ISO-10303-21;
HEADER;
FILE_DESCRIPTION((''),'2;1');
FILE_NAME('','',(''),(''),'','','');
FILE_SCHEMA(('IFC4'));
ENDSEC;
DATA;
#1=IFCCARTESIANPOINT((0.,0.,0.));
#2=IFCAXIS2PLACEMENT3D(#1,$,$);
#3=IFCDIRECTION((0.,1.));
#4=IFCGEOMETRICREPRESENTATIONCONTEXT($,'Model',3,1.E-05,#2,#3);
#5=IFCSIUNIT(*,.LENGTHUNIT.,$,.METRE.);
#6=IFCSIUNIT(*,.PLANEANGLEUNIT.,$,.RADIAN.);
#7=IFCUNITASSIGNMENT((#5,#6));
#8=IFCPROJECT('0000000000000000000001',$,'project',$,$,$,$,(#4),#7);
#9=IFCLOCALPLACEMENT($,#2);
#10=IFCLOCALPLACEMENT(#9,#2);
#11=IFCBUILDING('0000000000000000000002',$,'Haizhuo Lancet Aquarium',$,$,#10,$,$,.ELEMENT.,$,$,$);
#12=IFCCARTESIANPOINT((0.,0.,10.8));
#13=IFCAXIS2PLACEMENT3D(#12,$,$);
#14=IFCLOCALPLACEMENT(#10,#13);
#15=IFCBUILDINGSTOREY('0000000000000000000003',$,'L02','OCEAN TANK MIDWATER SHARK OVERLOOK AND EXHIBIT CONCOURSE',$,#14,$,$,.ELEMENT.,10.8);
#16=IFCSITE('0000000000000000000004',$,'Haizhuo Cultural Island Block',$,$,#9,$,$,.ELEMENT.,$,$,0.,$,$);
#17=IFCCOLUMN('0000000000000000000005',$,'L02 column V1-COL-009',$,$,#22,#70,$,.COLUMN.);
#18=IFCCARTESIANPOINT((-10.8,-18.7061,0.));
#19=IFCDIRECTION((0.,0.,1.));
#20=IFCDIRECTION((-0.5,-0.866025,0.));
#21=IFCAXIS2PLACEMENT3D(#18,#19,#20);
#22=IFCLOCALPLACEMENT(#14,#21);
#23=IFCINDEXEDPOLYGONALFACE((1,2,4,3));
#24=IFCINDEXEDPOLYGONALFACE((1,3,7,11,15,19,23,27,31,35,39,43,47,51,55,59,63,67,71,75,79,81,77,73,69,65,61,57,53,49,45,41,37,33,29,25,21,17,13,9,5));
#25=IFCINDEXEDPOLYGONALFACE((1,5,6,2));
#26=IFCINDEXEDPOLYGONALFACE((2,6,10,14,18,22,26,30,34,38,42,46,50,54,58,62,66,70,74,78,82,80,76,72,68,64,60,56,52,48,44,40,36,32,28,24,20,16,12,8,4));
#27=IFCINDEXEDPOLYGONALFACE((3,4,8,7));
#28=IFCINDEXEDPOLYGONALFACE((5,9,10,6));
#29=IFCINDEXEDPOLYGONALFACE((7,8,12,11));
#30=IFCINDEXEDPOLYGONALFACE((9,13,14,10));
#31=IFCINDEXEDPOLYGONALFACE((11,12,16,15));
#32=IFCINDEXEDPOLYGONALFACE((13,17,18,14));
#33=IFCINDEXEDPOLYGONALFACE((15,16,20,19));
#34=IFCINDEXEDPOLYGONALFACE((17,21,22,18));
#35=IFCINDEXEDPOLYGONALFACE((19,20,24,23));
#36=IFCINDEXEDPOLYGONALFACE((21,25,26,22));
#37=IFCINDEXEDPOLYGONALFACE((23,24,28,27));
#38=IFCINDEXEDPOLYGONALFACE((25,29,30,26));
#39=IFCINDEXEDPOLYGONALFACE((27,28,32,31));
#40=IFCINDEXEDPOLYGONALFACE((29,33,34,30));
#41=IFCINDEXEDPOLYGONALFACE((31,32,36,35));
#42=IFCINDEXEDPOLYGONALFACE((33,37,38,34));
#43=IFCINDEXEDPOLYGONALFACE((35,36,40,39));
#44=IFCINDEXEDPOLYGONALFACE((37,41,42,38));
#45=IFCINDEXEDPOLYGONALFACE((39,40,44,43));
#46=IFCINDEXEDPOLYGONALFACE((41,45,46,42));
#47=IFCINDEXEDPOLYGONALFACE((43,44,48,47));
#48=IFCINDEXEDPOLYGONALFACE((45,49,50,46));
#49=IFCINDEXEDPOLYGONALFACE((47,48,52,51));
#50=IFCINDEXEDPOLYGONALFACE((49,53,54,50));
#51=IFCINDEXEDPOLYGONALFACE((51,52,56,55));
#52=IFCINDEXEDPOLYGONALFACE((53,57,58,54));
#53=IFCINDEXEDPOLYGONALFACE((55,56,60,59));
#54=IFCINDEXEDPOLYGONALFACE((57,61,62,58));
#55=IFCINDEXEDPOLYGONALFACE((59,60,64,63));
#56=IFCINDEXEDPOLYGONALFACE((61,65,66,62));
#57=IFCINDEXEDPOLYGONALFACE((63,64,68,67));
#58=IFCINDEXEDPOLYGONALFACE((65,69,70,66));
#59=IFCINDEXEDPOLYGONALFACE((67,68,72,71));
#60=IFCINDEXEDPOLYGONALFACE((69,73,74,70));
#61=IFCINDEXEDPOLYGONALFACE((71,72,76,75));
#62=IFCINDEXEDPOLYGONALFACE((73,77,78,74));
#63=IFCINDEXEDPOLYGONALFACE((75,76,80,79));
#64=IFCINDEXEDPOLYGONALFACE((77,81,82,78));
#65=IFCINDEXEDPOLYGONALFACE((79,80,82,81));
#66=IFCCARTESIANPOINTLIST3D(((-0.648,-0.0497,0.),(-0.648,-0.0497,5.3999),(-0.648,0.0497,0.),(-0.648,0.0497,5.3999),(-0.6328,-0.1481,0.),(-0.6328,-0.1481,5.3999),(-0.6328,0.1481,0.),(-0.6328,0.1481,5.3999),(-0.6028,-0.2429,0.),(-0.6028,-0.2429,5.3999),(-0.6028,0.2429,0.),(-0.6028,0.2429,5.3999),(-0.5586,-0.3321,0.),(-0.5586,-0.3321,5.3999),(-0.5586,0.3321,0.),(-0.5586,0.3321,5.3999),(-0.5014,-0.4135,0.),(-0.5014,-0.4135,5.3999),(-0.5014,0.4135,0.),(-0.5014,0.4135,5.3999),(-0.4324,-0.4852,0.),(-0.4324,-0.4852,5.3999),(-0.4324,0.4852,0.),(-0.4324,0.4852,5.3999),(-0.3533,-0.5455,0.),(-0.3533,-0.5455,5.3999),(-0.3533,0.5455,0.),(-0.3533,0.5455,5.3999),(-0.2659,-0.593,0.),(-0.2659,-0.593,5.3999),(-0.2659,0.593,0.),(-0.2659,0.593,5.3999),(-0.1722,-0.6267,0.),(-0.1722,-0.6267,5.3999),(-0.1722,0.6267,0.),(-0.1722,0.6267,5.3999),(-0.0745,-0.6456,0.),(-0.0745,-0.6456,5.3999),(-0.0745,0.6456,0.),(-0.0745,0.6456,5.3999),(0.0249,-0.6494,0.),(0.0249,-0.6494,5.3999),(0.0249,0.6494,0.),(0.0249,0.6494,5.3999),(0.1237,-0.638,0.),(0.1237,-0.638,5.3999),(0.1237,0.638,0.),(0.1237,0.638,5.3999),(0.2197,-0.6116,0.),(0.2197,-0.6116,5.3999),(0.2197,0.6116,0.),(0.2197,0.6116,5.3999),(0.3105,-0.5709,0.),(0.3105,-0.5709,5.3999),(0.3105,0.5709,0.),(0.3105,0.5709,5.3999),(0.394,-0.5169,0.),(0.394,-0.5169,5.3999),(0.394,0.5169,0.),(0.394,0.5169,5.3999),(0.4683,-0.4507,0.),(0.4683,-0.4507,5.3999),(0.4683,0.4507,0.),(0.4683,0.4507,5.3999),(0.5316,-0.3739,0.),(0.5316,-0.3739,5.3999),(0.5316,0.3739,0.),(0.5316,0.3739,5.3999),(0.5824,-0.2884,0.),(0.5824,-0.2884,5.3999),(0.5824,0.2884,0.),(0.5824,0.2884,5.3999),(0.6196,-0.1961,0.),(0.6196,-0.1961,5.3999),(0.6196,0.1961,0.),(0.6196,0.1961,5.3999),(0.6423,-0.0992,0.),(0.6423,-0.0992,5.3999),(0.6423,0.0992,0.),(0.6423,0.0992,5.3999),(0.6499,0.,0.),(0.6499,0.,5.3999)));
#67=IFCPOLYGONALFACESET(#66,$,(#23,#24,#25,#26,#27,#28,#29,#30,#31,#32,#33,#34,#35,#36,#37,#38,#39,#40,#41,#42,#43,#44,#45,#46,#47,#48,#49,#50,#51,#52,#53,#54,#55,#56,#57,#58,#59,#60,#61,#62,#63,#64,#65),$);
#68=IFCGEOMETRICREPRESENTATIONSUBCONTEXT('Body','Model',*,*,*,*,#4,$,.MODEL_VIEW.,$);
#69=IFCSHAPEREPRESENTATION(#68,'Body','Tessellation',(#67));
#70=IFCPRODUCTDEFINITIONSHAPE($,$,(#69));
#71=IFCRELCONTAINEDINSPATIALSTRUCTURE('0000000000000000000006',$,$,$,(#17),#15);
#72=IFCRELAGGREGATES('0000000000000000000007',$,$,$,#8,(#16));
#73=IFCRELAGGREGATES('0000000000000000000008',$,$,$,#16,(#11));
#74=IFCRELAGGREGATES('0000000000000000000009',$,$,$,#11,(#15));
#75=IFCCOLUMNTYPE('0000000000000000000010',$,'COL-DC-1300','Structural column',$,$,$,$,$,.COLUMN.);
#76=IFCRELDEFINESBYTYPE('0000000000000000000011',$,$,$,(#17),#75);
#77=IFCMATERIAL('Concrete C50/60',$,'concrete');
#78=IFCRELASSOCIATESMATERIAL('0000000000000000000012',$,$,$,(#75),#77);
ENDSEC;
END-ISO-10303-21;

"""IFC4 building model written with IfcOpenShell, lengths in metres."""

from ifc_helpers import new_model, si_unit, direction, frame, origin, origin_2d, place, context, subcontext, project, spatial, circle, extrude, material, material_profile, profile_set, type_object, element, save


model = new_model("IFC4")

# Units and contexts
model_context = context("Model", 3, precision=1e-05, world=origin(), true_north=direction((0.0, 1.0)))
body_context = subcontext(model_context, "Body", "Model", "MODEL_VIEW")
ifc_project = project(units=[si_unit("LENGTHUNIT", "METRE"), si_unit("PLANEANGLEUNIT", "RADIAN")], contexts=[model_context])

# Site, building, storey
site_placement = place(None, origin())
site = spatial("IfcSite", under=ifc_project, at=site_placement, Name="Haizhuo Cultural Island Block", CompositionType="ELEMENT", RefElevation=0.0)
building_placement = place(site_placement, origin())
building = spatial("IfcBuilding", under=site, at=building_placement, Name="Haizhuo Lancet Aquarium", CompositionType="ELEMENT")
storey_placement = place(building_placement, frame((0.0, 0.0, 10.8)))
storey = spatial("IfcBuildingStorey", under=building, at=storey_placement, Name="L02", Description="OCEAN TANK MIDWATER SHARK OVERLOOK AND EXHIBIT CONCOURSE", CompositionType="ELEMENT", Elevation=10.8)

# Column
ifc_material_1 = material(Name="Concrete C50/60", Category="concrete")
ifc_material_profile_1 = material_profile(ifc_material_1, circle(Radius=0.6499, at=origin_2d()), Name="RC-DC 1300")
ifc_profile_set_1 = profile_set([ifc_material_profile_1], Name="Concrete C50/60")
column_type = type_object("IfcColumnType", Name="COL-DC-1300", Description="Structural column", PredefinedType="COLUMN", material=ifc_profile_set_1)
column_placement = place(storey_placement, frame((-10.8, -18.7061, 0.0), z_axis=(0.0, 0.0, 1.0), x_axis=(-0.5, -0.866025, 0.0)))
element("IfcColumn", 1, at=column_placement, inside=storey, type_object=column_type, Name="L02 column V1-COL-009", PredefinedType="COLUMN", context=body_context, shape_type="SweptSolid", body=[
    extrude(circle(Radius=0.6499, at=origin_2d()), origin(), (0.0, 0.0, 1.0), 5.3999),
])

save(model, "model.ifc")
